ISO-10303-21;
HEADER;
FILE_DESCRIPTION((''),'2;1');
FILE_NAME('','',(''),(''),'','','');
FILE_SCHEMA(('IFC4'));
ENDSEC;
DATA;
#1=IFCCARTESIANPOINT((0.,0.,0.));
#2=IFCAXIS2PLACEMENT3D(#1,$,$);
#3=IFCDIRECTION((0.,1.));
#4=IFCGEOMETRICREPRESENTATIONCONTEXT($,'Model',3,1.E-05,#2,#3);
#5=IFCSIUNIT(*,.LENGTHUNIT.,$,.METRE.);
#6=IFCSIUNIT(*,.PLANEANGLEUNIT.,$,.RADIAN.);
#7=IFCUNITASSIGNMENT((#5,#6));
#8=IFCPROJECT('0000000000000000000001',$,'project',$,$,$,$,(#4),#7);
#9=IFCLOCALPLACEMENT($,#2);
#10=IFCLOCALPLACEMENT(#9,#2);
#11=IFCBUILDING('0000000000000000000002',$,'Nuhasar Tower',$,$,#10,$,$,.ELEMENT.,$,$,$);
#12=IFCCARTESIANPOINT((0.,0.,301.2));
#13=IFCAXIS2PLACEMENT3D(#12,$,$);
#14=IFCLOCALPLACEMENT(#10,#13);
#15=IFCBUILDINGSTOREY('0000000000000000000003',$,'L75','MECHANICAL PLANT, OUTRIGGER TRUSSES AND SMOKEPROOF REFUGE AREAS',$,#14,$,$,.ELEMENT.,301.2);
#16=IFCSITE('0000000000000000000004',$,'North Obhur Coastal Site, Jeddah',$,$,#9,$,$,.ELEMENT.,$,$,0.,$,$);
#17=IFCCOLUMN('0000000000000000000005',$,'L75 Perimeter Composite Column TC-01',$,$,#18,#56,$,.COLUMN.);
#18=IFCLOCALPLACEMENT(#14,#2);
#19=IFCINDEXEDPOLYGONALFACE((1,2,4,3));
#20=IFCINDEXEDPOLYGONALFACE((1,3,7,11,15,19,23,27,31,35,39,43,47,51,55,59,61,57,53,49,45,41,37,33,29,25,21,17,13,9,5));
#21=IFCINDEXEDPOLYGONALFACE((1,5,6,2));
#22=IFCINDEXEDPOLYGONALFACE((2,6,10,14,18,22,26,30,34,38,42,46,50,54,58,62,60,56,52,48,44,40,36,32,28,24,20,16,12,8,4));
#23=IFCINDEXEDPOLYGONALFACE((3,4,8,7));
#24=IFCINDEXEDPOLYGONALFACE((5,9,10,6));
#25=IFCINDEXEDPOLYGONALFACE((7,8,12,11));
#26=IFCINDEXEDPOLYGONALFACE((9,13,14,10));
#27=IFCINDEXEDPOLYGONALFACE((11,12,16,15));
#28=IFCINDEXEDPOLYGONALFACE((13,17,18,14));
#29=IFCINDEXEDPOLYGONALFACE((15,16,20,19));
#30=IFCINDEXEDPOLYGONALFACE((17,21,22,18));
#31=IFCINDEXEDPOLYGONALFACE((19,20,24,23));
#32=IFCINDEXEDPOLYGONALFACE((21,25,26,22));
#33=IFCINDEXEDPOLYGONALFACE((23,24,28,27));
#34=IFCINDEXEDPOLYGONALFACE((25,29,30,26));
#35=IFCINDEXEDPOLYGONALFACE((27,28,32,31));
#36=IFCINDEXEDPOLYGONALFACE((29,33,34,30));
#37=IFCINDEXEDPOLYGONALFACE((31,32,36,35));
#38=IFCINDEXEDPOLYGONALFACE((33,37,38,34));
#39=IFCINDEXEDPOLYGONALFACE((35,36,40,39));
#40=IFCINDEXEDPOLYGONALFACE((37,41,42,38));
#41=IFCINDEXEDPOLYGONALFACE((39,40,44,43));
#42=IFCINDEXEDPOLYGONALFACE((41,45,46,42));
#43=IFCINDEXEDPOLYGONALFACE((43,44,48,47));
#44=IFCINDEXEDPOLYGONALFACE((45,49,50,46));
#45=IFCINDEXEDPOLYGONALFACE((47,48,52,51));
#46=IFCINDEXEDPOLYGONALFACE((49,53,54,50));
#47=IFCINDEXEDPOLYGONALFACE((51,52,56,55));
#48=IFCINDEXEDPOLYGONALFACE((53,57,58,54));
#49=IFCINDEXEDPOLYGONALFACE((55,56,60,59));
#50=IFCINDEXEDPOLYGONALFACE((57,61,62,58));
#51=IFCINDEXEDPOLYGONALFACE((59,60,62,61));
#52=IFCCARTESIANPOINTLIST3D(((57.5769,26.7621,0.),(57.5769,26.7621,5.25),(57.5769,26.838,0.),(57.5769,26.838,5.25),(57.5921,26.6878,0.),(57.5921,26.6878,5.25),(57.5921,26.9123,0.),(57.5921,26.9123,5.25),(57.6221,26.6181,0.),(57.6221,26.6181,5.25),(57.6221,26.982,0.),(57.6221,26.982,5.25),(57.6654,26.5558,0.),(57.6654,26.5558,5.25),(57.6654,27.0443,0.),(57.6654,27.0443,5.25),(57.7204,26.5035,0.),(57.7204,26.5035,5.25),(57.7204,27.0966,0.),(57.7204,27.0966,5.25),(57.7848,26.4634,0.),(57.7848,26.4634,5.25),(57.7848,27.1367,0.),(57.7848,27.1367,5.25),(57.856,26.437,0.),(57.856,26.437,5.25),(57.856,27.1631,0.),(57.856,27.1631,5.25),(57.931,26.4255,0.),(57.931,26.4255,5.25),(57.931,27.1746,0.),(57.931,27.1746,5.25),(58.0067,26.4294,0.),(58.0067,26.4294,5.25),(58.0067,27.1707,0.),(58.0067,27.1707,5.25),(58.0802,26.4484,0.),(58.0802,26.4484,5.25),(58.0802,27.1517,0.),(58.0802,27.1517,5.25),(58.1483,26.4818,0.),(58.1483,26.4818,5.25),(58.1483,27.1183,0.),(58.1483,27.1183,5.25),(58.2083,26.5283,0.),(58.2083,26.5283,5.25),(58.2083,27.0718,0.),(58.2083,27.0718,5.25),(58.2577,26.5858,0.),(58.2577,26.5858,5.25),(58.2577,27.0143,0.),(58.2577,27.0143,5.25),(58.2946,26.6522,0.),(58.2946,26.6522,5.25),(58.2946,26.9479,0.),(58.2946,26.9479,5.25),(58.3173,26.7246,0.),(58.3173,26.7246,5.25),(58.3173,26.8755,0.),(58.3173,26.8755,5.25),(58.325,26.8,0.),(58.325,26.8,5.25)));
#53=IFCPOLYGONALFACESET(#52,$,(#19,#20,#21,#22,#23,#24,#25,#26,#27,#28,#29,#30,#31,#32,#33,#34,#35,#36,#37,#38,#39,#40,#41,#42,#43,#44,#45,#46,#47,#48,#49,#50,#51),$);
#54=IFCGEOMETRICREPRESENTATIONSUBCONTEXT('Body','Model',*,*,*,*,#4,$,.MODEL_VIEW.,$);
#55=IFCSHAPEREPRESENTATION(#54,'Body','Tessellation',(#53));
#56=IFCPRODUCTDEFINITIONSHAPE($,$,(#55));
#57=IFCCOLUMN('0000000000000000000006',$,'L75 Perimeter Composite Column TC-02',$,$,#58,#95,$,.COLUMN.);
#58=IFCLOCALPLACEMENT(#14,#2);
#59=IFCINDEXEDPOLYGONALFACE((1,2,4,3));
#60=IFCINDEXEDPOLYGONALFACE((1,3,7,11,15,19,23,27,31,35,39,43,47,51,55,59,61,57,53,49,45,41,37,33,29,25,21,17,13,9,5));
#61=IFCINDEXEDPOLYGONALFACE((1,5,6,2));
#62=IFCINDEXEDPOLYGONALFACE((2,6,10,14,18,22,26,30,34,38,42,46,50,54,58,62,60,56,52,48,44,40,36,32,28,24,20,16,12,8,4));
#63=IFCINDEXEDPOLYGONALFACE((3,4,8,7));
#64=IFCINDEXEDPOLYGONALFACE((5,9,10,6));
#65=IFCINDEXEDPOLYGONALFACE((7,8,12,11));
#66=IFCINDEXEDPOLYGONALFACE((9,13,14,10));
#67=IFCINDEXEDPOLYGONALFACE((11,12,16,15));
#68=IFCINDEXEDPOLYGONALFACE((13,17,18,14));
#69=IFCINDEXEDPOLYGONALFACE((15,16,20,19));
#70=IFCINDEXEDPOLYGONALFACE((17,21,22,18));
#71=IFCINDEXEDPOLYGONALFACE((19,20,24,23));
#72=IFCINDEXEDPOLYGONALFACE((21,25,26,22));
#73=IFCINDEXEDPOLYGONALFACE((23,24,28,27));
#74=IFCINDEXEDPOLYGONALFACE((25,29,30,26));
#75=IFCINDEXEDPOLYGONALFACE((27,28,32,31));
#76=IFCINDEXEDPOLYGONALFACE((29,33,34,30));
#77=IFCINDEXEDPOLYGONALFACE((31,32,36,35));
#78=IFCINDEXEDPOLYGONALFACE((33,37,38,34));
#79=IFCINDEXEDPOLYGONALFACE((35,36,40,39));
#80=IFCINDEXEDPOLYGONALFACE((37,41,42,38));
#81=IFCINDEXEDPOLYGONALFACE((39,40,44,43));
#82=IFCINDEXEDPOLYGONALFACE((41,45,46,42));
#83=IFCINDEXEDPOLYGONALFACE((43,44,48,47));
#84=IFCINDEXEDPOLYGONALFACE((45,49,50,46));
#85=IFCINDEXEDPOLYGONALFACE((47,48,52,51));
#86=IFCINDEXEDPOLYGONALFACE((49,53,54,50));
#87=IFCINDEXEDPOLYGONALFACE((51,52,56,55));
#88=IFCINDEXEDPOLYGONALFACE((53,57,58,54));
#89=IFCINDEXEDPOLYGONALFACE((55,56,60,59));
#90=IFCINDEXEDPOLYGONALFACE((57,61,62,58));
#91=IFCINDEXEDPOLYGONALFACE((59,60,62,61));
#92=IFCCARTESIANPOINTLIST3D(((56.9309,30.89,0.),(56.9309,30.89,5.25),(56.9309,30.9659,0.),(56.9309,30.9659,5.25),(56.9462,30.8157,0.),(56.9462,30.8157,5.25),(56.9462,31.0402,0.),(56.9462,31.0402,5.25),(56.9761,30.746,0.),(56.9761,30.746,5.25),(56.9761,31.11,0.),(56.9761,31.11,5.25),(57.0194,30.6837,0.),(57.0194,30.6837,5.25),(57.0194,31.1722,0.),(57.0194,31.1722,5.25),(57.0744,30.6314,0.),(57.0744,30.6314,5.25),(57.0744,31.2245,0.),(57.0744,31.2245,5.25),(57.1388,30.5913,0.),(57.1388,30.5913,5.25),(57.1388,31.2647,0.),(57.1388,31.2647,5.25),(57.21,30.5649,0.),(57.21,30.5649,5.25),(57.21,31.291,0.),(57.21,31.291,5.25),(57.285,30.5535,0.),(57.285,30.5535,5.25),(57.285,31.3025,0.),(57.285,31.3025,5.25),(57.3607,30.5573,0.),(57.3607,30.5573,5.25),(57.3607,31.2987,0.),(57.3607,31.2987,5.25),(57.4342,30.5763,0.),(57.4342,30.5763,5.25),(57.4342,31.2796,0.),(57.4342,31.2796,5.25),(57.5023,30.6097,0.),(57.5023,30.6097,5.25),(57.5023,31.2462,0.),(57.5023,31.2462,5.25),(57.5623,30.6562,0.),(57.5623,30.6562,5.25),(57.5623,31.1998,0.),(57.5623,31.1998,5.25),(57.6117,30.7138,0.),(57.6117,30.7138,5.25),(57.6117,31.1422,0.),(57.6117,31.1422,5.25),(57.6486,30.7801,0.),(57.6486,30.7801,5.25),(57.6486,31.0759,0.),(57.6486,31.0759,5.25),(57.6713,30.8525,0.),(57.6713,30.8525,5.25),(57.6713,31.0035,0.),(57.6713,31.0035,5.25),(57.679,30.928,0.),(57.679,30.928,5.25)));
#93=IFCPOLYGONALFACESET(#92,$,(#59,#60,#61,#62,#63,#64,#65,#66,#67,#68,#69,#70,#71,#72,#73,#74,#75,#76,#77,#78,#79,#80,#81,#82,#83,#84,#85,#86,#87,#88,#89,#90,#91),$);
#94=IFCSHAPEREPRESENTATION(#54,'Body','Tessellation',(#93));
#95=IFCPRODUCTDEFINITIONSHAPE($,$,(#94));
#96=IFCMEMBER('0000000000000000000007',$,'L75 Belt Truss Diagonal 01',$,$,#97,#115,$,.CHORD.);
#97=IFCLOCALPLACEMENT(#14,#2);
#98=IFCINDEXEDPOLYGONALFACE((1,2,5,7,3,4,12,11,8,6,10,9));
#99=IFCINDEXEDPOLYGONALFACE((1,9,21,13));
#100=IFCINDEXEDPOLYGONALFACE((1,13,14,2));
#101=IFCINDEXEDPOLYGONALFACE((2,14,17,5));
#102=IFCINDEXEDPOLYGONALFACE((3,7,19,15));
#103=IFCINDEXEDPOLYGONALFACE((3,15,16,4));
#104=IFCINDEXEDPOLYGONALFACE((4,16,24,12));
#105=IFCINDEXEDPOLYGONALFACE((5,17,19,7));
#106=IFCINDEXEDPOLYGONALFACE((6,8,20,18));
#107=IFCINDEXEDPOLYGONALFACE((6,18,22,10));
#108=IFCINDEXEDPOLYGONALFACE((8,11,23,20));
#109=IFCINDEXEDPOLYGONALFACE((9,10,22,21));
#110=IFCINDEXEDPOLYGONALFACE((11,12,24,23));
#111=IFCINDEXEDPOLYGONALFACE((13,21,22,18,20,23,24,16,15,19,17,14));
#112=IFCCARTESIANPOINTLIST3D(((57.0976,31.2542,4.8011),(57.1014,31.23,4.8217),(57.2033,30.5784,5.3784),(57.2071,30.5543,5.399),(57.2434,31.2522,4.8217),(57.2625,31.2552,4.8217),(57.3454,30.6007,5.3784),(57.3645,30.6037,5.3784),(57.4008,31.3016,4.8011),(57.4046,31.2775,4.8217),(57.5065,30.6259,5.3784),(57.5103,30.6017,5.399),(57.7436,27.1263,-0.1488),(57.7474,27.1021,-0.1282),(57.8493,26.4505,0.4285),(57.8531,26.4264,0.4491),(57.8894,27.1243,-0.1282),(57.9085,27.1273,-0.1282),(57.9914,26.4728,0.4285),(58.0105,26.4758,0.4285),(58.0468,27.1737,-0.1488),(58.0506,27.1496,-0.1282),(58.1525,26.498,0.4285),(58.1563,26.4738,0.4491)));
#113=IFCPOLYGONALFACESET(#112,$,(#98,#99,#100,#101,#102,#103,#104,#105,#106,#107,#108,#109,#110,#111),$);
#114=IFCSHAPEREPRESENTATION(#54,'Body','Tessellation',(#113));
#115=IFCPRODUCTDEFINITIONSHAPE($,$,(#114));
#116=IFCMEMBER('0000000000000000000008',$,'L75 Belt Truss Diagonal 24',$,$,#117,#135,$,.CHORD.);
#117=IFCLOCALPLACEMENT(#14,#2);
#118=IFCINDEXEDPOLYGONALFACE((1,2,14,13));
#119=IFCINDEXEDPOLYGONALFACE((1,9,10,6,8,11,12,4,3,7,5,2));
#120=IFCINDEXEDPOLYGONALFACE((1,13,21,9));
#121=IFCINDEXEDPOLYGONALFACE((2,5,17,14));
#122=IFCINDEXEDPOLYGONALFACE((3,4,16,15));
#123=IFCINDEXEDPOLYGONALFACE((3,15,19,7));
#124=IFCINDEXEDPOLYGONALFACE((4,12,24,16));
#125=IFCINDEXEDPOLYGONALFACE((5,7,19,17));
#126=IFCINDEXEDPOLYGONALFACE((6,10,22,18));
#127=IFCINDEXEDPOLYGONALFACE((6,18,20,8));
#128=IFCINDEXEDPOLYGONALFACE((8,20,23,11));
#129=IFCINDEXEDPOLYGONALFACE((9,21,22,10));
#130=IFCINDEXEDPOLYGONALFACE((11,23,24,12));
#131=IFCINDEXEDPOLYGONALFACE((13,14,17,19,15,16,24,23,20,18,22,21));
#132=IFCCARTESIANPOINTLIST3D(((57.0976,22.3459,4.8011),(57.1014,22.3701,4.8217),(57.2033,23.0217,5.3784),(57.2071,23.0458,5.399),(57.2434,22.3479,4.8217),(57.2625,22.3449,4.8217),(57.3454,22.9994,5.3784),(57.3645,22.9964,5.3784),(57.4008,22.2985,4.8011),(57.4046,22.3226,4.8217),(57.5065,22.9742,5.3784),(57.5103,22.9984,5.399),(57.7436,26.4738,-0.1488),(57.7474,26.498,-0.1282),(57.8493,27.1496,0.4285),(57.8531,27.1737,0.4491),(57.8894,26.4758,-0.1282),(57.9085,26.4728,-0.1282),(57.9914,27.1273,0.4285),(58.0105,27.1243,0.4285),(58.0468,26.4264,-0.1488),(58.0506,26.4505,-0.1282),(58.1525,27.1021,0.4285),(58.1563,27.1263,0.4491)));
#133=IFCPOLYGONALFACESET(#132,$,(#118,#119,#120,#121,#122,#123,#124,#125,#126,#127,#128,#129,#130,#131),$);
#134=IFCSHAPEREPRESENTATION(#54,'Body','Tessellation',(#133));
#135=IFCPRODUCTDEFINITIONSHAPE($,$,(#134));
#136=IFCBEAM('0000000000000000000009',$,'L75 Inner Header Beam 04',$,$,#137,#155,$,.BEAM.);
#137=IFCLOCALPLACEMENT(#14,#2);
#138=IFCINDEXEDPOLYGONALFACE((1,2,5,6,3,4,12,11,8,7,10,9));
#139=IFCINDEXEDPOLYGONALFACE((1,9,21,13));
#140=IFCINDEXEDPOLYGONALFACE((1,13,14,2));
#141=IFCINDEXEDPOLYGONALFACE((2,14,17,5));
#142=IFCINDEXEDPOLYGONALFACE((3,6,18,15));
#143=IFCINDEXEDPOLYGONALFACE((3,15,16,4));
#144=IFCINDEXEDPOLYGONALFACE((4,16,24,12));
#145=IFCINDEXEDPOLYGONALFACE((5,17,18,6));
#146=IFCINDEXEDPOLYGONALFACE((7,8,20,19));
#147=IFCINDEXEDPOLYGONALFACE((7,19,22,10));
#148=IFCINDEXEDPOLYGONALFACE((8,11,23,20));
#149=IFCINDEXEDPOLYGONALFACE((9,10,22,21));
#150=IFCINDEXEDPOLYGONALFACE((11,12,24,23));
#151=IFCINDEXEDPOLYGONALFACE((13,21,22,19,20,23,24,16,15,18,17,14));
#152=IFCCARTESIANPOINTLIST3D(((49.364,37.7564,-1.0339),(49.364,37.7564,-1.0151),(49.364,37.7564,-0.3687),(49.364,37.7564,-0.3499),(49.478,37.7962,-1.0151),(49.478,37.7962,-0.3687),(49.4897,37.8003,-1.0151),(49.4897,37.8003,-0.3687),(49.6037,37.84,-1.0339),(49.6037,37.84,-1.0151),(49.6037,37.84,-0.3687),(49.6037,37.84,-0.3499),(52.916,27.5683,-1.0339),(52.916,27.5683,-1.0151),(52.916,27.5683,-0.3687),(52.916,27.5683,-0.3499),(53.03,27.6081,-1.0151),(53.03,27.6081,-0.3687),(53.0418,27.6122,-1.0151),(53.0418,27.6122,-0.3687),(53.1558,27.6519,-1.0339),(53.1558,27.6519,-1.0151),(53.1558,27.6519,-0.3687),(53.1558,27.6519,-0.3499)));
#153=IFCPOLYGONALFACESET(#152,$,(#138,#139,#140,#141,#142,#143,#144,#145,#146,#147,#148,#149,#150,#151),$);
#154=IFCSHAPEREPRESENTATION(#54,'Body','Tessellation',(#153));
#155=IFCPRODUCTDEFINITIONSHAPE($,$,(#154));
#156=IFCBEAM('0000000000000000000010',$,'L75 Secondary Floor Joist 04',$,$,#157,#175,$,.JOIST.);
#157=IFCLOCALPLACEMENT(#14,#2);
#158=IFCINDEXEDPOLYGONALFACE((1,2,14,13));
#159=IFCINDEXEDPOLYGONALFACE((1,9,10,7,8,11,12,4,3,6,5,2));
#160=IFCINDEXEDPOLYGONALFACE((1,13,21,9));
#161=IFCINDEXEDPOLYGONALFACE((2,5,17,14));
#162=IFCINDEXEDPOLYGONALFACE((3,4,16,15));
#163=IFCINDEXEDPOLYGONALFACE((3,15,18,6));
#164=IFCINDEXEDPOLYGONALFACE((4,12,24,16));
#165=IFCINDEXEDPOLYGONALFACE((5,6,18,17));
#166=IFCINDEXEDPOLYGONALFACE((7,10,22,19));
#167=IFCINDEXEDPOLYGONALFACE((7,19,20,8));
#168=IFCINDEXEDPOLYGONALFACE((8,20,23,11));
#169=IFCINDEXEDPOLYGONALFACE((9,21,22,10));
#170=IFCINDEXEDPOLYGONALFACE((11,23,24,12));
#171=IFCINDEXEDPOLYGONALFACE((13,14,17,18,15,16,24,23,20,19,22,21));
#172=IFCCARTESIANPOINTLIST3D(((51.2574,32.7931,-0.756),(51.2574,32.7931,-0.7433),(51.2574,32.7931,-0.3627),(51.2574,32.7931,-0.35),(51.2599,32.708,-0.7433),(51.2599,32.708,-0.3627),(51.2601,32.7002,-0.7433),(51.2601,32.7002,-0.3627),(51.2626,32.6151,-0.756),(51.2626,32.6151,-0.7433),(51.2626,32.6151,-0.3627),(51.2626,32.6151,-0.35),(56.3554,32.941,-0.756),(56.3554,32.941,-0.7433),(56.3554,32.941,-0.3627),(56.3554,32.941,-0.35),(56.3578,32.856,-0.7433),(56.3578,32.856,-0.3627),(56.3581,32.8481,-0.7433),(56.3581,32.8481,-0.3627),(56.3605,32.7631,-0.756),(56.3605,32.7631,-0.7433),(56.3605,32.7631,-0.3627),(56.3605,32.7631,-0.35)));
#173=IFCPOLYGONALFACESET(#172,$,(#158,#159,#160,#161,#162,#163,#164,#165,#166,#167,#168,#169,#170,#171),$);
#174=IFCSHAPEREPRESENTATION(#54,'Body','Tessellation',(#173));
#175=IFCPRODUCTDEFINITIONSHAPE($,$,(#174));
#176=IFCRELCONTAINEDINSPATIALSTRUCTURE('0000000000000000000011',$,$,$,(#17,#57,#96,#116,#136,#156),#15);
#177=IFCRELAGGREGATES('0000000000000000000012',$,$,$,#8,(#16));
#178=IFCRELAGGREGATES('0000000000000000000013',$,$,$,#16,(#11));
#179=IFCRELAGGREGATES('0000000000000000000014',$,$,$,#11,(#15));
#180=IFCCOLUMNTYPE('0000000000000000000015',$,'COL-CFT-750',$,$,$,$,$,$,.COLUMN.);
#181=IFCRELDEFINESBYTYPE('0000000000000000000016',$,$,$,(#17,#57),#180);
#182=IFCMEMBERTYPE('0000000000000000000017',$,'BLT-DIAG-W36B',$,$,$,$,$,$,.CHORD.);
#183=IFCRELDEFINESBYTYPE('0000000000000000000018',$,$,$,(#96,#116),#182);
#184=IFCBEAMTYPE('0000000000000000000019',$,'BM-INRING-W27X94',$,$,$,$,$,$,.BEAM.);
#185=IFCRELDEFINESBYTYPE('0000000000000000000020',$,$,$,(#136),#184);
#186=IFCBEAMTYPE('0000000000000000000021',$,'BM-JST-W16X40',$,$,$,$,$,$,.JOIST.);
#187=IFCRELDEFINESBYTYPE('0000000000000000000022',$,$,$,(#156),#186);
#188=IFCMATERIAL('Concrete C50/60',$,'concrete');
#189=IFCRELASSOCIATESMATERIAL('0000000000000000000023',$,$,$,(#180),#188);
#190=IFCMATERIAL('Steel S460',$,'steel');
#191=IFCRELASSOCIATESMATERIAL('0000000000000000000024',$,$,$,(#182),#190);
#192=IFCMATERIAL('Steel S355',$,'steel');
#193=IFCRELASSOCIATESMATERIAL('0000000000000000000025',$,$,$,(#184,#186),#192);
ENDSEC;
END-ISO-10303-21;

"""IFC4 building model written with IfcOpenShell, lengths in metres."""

from ifc_helpers import new_model, si_unit, direction, frame, origin, origin_2d, place, context, subcontext, project, spatial, circle, i_section, extrude, material, material_profile, profile_set, type_object, element, save


model = new_model("IFC4")

# Units and contexts
model_context = context("Model", 3, precision=1e-05, world=origin(), true_north=direction((0.0, 1.0)))
body_context = subcontext(model_context, "Body", "Model", "MODEL_VIEW")
ifc_project = project(units=[si_unit("LENGTHUNIT", "METRE"), si_unit("PLANEANGLEUNIT", "RADIAN")], contexts=[model_context])

# Site, building, storey
site_placement = place(None, origin())
site = spatial("IfcSite", under=ifc_project, at=site_placement, Name="North Obhur Coastal Site, Jeddah", CompositionType="ELEMENT", RefElevation=0.0)
building_placement = place(site_placement, origin())
building = spatial("IfcBuilding", under=site, at=building_placement, Name="Nuhasar Tower", CompositionType="ELEMENT")
storey_placement = place(building_placement, frame((0.0, 0.0, 301.2)))
storey = spatial("IfcBuildingStorey", under=building, at=storey_placement, Name="L75", Description="MECHANICAL PLANT, OUTRIGGER TRUSSES AND SMOKEPROOF REFUGE AREAS", CompositionType="ELEMENT", Elevation=301.2)

# Columns
ifc_material_1 = material(Name="Concrete C50/60", Category="concrete")
ifc_material_profile_1 = material_profile(ifc_material_1, circle(Radius=0.375, at=origin_2d()), Name="CFT750")
ifc_profile_set_1 = profile_set([ifc_material_profile_1], Name="Concrete C50/60")
column_type = type_object("IfcColumnType", Name="COL-CFT-750", PredefinedType="COLUMN", material=ifc_profile_set_1)
for number, where, z_axis, x_axis, name in (
    (1, (57.95, 26.8, 0.0), (0.0, 0.0, 1.0), (1.0, 0.0, 0.0), "L75 Perimeter Composite Column TC-01"),
    (2, (57.304, 30.928, 0.0), (0.0, 0.0, 1.0), (1.0, 0.0, 0.0), "L75 Perimeter Composite Column TC-02"),
):
    element("IfcColumn", number, at=place(storey_placement, frame(where, z_axis=z_axis, x_axis=x_axis)), inside=storey, type_object=column_type, Name=name, PredefinedType="COLUMN", context=body_context, shape_type="SweptSolid", body=[
        extrude(circle(Radius=0.375, at=origin_2d()), origin(), (0.0, 0.0, 1.0), 5.25),
    ])

# Members
ifc_material_2 = material(Name="Steel S460", Category="steel")
ifc_material_profile_2 = material_profile(ifc_material_2, i_section(OverallWidth=0.3069, OverallDepth=0.927, WebThickness=0.0193, FlangeThickness=0.032, at=origin_2d()), Name="W36X194")
ifc_profile_set_2 = profile_set([ifc_material_profile_2], Name="Steel S460")
member_type_1 = type_object("IfcMemberType", Name="BLT-DIAG-W36B", PredefinedType="CHORD", material=ifc_profile_set_2)
for number, where, z_axis, x_axis, name in (
    (3, (57.95, 26.8, 0.1501), (-0.099728, 0.637264, 0.764166), (-0.987975, -0.154612, 0.0), "L75 Belt Truss Diagonal 01"),
    (4, (57.95, 26.8, 0.1501), (-0.099728, -0.637264, 0.764166), (0.987975, -0.154612, 0.0), "L75 Belt Truss Diagonal 24"),
):
    element("IfcMember", number, at=place(storey_placement, frame(where, z_axis=z_axis, x_axis=x_axis)), inside=storey, type_object=member_type_1, Name=name, PredefinedType="CHORD", context=body_context, shape_type="SweptSolid", body=[
        extrude(i_section(OverallWidth=0.3069, OverallDepth=0.927, WebThickness=0.0193, FlangeThickness=0.032, at=origin_2d()), origin(), (0.0, 0.0, 1.0), 6.4775),
    ])

# Beams
ifc_material_3 = material(Name="Steel S355", Category="steel")
ifc_material_profile_3 = material_profile(ifc_material_3, i_section(OverallWidth=0.2539, OverallDepth=0.6841, WebThickness=0.0125, FlangeThickness=0.0188, at=origin_2d()), Name="W27X94")
ifc_profile_set_3 = profile_set([ifc_material_profile_3], Name="Steel S355")
beam_type_1 = type_object("IfcBeamType", Name="BM-INRING-W27X94", PredefinedType="BEAM", material=ifc_profile_set_3)
beam_1_placement = place(storey_placement, frame((53.0359, 27.6101, -0.6919), z_axis=(-0.329211, 0.944256, 0.0), x_axis=(-0.944256, -0.329211, 0.0)))
element("IfcBeam", 5, at=beam_1_placement, inside=storey, type_object=beam_type_1, Name="L75 Inner Header Beam 04", PredefinedType="BEAM", context=body_context, shape_type="SweptSolid", body=[
    extrude(i_section(OverallWidth=0.2539, OverallDepth=0.6841, WebThickness=0.0125, FlangeThickness=0.0188, at=origin_2d()), origin(), (0.0, 0.0, 1.0), 10.7896),
])
ifc_material_profile_4 = material_profile(ifc_material_3, i_section(OverallWidth=0.178, OverallDepth=0.406, WebThickness=0.0078, FlangeThickness=0.0127, at=origin_2d()), Name="W16X40")
ifc_profile_set_4 = profile_set([ifc_material_profile_4], Name="Steel S355")
beam_type_2 = type_object("IfcBeamType", Name="BM-JST-W16X40", PredefinedType="JOIST", material=ifc_profile_set_4)
beam_2_placement = place(storey_placement, frame((51.26, 32.7041, -0.553), z_axis=(0.999579, 0.029009, 0.0), x_axis=(-0.029009, 0.999579, 0.0)))
element("IfcBeam", 6, at=beam_2_placement, inside=storey, type_object=beam_type_2, Name="L75 Secondary Floor Joist 04", PredefinedType="JOIST", context=body_context, shape_type="SweptSolid", body=[
    extrude(i_section(OverallWidth=0.178, OverallDepth=0.406, WebThickness=0.0078, FlangeThickness=0.0127, at=origin_2d()), origin(), (0.0, 0.0, 1.0), 5.1001),
])

save(model, "model.ifc")
